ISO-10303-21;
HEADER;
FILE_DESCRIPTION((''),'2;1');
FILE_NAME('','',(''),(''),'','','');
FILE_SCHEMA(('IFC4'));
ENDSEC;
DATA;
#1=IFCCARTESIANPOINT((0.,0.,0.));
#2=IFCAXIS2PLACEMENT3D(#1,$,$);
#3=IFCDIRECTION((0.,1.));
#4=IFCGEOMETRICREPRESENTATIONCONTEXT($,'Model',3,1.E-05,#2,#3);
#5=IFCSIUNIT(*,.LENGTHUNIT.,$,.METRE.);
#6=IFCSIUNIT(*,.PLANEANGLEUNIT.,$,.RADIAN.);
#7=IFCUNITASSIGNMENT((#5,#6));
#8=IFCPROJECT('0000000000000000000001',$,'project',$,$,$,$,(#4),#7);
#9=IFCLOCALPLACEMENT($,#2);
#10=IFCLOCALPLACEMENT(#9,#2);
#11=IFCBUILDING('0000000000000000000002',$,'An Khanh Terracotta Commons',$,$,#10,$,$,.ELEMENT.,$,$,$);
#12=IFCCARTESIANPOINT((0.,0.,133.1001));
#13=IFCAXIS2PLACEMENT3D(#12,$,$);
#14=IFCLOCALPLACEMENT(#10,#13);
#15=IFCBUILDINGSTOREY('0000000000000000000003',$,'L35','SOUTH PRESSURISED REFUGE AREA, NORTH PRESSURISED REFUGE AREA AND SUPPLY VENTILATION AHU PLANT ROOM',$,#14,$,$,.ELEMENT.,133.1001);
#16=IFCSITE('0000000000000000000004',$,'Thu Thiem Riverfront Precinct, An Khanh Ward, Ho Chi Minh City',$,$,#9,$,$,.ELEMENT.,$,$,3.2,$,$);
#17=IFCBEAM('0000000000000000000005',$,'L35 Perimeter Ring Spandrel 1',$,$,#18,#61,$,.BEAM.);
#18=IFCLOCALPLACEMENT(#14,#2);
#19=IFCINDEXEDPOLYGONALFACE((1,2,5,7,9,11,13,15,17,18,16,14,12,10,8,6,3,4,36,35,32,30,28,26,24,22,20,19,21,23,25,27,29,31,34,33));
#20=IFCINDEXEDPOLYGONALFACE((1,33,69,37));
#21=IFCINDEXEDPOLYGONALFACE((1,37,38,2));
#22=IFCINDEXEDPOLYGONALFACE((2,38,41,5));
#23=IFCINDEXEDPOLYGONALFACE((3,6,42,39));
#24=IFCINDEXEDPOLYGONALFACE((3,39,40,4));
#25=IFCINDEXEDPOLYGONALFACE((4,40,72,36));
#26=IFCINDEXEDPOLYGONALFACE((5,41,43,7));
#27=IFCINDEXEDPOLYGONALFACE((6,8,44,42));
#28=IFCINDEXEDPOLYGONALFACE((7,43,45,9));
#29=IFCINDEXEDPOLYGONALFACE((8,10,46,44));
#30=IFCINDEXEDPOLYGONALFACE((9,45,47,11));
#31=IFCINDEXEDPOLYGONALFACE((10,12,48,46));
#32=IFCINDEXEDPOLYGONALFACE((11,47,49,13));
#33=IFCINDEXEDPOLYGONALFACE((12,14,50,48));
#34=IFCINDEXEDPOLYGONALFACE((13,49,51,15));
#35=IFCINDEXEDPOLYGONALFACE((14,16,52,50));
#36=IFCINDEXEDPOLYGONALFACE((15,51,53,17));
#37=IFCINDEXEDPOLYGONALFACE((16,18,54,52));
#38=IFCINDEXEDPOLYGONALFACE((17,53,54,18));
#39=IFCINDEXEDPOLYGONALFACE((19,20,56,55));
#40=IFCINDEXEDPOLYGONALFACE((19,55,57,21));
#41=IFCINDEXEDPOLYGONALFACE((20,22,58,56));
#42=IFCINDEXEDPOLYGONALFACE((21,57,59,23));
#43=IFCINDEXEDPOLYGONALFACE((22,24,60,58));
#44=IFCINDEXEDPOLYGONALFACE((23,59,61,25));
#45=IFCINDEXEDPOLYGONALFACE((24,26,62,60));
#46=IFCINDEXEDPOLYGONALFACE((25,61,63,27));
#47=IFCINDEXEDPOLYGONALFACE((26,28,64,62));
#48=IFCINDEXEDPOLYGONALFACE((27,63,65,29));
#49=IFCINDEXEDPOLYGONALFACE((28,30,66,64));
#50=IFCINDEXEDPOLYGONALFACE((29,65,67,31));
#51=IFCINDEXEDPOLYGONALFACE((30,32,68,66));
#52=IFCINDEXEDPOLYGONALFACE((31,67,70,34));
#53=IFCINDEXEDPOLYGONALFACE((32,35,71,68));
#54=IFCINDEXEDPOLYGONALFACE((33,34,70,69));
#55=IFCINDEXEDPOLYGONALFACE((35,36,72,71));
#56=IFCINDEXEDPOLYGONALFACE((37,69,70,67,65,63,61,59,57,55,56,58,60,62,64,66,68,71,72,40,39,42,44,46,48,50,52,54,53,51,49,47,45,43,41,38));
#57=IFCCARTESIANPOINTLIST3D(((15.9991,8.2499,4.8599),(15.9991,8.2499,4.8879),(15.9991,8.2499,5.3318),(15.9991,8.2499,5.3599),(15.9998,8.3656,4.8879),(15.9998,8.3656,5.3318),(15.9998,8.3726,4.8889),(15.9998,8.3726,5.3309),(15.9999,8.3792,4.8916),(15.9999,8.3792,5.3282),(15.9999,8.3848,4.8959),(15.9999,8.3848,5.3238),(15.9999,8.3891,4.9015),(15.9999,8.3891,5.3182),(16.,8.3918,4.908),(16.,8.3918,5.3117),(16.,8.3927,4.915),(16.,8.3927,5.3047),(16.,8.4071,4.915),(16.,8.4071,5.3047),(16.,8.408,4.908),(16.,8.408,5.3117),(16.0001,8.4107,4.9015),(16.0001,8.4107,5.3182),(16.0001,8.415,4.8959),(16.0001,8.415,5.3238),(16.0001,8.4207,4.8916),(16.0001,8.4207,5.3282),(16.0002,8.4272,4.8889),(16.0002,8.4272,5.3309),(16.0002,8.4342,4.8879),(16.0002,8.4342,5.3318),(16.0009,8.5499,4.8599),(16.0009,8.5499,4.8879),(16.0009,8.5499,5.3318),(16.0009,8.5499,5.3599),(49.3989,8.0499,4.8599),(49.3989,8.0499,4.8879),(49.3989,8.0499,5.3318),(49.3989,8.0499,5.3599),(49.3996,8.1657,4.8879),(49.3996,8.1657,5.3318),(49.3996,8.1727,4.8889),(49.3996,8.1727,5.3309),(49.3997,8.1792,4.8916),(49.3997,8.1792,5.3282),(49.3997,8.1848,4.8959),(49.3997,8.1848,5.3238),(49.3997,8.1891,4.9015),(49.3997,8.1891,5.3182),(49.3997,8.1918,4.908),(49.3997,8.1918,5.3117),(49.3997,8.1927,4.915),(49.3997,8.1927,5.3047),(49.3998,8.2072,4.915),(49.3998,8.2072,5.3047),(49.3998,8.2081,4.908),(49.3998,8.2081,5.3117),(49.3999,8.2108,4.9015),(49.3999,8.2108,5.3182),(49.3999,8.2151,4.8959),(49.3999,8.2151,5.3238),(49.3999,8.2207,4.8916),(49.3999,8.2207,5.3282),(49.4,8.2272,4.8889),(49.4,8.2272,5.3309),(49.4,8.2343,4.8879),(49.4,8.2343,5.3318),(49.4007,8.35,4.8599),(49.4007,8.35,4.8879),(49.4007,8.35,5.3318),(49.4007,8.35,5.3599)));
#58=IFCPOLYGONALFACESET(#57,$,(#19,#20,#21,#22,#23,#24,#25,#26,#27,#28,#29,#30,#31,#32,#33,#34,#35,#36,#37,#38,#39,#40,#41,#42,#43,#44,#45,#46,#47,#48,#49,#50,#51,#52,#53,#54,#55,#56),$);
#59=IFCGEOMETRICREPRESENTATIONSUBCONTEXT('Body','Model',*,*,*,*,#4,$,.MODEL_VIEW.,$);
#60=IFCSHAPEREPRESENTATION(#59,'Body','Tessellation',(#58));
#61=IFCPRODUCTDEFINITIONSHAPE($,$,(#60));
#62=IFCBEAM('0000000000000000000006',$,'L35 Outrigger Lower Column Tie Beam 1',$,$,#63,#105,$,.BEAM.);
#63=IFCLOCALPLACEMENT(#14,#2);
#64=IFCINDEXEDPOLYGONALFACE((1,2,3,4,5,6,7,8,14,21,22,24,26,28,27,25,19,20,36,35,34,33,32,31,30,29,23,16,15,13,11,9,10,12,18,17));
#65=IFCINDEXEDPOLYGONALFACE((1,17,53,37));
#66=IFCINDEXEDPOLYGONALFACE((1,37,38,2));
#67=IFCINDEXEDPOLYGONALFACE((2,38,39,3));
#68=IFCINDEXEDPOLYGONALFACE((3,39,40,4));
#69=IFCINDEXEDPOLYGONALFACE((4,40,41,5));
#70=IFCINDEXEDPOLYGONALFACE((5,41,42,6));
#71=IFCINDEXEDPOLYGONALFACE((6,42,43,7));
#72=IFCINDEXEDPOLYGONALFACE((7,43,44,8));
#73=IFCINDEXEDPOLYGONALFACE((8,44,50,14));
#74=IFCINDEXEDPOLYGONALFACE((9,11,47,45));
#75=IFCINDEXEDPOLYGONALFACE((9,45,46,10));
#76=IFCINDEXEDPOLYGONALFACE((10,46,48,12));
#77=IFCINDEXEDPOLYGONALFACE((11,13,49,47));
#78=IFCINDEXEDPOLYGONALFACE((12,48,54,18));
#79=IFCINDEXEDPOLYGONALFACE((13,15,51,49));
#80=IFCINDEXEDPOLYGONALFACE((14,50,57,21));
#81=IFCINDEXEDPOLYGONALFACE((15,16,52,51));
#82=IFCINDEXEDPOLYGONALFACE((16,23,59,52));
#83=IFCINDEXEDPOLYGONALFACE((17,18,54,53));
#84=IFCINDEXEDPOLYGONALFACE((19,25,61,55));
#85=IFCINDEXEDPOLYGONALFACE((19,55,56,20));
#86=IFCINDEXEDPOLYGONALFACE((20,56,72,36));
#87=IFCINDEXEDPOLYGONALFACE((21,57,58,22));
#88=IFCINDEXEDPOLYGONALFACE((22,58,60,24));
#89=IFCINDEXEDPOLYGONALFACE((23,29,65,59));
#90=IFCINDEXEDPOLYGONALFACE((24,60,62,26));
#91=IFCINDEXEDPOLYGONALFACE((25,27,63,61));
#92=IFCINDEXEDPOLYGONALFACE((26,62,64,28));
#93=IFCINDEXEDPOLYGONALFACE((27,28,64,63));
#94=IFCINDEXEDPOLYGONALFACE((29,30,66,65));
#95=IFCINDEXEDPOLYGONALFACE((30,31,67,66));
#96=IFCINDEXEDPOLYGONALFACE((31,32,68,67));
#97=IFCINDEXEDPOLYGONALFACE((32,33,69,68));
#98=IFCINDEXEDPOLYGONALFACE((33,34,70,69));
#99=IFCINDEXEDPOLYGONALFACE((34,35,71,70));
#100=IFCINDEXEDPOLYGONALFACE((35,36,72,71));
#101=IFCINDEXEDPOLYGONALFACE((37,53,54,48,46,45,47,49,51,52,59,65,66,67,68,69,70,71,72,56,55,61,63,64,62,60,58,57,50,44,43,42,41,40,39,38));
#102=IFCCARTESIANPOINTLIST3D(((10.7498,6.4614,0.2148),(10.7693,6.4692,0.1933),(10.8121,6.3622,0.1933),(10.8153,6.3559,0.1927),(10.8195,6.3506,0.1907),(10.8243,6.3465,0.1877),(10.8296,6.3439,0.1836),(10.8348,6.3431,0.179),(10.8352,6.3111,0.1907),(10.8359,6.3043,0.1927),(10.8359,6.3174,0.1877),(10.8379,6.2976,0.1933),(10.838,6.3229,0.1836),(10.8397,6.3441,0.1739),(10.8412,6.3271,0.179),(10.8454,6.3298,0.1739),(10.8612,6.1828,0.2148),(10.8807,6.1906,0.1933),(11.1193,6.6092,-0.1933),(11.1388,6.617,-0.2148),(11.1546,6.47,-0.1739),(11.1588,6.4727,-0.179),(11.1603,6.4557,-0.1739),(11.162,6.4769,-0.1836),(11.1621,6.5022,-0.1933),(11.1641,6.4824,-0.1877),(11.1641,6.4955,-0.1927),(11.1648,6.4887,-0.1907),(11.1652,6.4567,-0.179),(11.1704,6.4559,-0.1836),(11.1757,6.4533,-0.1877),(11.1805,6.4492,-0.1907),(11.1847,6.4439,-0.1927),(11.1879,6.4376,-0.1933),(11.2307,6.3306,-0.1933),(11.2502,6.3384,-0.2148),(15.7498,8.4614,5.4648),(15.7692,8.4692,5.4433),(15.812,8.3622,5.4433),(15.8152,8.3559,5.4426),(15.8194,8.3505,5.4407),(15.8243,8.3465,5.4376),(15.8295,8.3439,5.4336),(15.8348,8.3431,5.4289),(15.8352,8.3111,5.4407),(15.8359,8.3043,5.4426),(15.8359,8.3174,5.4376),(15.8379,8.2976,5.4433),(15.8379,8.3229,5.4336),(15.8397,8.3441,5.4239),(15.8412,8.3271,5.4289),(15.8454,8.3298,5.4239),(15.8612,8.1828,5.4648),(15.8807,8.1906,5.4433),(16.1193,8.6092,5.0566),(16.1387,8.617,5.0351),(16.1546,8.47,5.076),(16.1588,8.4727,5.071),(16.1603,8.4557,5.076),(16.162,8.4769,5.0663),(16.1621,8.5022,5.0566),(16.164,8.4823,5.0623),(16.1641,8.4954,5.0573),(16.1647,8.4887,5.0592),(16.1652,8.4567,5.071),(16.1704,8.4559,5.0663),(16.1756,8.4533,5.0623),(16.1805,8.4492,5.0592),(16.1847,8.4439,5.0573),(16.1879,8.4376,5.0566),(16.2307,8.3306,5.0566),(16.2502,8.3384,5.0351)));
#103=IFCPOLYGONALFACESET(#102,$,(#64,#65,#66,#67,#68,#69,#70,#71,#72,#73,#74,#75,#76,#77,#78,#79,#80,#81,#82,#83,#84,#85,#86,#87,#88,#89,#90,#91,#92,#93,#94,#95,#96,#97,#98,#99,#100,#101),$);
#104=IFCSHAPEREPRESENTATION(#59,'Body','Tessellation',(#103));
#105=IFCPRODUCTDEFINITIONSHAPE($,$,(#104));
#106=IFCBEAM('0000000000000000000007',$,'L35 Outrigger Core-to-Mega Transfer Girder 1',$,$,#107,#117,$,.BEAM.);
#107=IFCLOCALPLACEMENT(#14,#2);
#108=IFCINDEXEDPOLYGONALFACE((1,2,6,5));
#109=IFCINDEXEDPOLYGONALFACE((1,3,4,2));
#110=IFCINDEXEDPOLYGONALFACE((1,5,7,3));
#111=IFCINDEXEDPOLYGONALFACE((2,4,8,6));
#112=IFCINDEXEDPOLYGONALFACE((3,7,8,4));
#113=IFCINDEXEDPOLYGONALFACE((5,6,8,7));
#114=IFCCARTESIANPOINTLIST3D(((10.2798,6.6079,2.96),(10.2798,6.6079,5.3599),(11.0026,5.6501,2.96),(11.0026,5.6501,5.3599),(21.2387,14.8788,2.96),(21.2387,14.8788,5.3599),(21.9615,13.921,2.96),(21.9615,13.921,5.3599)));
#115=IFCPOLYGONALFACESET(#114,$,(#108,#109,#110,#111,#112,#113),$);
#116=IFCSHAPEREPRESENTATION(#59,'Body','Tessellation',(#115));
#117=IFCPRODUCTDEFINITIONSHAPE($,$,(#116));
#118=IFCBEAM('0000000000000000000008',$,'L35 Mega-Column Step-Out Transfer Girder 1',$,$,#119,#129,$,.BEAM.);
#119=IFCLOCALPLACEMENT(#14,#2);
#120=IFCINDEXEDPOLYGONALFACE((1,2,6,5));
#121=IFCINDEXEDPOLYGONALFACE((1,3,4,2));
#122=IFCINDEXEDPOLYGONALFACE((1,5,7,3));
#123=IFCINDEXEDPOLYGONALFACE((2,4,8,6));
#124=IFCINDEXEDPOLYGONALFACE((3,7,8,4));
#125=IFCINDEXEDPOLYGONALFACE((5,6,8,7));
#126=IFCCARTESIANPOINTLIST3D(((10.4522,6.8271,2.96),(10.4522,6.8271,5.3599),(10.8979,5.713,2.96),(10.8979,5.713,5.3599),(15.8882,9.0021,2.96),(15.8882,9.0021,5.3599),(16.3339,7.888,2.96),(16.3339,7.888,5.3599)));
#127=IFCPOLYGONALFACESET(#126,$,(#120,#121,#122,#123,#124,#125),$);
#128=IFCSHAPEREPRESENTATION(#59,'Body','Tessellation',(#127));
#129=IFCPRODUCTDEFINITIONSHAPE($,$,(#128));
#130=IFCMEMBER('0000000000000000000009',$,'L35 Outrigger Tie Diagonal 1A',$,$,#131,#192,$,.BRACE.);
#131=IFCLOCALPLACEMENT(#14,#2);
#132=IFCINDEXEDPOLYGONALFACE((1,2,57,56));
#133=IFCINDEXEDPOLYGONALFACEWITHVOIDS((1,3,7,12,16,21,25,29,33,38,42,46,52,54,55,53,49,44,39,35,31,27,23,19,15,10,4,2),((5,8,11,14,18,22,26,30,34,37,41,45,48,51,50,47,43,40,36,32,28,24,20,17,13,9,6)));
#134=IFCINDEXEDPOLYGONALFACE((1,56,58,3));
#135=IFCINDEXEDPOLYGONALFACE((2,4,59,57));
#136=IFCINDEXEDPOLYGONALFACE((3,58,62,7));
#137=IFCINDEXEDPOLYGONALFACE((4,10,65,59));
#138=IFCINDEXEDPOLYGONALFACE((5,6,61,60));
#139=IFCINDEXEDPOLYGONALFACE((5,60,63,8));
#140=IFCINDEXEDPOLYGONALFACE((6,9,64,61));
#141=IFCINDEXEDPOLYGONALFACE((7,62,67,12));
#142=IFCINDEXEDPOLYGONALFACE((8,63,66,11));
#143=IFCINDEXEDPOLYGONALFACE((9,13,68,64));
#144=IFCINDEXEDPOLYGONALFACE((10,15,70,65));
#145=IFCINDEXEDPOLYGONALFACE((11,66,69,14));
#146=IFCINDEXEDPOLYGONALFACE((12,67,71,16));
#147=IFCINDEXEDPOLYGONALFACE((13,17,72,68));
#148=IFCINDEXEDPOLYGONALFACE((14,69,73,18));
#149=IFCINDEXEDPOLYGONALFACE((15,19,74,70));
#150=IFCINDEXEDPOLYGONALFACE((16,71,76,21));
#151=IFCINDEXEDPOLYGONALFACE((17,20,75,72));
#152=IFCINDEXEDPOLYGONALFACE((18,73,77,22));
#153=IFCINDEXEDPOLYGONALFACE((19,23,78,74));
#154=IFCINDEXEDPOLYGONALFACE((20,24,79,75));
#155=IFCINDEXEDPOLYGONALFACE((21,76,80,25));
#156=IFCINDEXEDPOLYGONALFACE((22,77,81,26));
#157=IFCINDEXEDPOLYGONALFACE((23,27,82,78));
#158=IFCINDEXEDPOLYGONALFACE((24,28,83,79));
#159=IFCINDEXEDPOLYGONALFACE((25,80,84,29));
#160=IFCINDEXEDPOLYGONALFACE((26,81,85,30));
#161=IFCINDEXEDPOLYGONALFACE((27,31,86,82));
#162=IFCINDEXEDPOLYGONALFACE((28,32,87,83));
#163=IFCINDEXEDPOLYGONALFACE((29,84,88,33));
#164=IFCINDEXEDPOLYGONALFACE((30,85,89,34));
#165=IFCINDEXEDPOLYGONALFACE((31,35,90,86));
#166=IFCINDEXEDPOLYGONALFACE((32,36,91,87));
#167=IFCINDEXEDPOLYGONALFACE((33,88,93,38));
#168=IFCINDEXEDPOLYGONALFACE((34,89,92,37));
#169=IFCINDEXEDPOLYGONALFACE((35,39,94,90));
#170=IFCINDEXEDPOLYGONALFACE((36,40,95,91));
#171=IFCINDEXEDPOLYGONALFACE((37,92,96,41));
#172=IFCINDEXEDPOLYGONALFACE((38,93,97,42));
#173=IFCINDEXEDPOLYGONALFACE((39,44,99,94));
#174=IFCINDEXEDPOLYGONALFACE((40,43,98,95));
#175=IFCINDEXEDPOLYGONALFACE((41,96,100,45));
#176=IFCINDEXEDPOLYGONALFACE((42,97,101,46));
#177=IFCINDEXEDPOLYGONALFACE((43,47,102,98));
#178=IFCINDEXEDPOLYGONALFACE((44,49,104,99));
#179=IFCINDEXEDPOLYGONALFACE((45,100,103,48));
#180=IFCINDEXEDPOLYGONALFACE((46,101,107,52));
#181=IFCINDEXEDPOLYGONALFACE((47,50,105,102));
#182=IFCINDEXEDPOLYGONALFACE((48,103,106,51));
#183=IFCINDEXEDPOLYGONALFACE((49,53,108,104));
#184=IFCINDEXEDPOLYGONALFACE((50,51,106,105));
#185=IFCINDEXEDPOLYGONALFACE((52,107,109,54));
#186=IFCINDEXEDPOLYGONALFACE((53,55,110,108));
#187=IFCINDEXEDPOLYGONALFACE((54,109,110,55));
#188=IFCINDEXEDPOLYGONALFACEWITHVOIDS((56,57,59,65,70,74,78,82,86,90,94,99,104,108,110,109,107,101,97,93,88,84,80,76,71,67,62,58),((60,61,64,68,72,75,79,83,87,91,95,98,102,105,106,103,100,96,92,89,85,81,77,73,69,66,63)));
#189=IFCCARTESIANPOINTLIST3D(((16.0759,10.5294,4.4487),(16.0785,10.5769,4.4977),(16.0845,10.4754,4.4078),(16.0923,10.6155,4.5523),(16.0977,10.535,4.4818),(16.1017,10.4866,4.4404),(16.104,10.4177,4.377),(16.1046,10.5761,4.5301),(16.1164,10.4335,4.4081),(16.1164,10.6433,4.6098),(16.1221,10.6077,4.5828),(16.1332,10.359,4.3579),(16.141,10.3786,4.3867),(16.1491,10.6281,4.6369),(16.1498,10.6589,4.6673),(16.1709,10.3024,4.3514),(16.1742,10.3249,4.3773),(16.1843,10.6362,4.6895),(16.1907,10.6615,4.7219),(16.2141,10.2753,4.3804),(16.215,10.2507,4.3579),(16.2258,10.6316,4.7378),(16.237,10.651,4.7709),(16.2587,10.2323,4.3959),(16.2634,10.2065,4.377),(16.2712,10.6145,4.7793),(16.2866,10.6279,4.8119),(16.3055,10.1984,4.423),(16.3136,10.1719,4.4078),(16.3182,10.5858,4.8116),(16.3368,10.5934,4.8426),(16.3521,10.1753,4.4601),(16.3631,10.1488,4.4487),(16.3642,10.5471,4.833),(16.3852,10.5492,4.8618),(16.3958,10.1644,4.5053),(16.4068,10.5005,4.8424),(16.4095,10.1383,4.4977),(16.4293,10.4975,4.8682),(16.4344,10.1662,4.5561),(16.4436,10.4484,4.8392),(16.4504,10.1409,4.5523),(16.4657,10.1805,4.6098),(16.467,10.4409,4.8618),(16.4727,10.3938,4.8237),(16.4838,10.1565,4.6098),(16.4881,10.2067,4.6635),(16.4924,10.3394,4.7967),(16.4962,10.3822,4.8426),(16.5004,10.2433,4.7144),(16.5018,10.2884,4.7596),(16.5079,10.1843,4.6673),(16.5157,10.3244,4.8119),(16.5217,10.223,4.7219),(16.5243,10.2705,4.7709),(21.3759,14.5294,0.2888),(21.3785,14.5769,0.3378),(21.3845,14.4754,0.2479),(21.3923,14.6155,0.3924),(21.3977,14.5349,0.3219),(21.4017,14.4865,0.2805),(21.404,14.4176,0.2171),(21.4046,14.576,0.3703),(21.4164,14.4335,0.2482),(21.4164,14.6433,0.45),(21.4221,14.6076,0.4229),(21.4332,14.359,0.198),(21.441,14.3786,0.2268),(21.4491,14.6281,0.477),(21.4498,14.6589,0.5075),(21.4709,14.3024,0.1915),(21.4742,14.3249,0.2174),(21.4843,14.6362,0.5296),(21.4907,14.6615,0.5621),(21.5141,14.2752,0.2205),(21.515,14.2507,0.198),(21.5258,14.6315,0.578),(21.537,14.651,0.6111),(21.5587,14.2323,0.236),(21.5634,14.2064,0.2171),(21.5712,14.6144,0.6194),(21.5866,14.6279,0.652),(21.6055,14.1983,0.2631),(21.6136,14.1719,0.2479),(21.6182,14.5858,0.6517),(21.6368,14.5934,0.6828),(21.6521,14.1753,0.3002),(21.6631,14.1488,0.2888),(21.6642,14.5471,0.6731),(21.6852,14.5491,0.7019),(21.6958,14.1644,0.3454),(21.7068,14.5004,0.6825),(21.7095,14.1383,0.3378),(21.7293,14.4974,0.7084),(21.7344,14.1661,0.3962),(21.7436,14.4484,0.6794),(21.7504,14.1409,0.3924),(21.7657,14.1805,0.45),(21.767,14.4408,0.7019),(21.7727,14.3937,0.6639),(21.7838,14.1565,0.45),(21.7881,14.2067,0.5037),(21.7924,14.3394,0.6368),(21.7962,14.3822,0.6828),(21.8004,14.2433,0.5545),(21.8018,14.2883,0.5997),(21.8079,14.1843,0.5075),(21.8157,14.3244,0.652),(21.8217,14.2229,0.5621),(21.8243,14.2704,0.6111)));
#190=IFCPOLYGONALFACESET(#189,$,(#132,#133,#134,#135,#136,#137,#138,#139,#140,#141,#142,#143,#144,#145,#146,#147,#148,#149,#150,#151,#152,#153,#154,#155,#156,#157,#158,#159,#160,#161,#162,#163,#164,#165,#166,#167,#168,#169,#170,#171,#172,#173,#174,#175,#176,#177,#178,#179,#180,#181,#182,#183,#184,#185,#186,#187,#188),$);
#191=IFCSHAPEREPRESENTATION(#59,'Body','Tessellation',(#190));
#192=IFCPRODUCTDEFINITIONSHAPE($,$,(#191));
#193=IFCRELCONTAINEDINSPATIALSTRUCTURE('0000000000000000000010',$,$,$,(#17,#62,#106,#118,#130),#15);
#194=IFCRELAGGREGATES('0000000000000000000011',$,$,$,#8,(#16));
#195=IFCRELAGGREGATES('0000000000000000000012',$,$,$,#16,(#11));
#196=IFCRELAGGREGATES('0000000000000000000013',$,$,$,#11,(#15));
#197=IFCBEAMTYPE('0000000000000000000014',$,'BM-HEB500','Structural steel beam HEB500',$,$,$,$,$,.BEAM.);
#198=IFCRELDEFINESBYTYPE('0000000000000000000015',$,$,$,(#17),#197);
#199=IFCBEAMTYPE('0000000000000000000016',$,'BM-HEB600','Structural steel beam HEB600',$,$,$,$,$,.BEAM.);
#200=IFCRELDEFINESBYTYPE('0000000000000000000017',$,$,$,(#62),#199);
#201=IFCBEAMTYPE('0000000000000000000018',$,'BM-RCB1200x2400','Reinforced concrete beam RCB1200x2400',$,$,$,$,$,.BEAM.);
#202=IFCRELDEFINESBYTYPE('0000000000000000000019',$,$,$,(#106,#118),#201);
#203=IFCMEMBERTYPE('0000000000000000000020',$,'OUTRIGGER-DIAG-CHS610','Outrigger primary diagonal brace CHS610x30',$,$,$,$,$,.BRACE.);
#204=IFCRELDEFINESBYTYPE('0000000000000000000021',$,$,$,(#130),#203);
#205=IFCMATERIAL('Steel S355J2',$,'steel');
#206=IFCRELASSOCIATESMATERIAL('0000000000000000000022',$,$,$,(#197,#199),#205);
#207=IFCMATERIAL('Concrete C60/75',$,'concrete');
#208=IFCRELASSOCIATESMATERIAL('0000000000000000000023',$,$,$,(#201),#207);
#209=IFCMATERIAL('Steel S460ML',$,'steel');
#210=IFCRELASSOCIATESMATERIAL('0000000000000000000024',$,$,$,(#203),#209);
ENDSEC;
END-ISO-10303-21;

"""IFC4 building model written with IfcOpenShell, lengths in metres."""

from ifc_helpers import new_model, si_unit, direction, frame, origin, origin_2d, place, context, subcontext, project, spatial, rectangle, hollow_circle, i_section, extrude, material, material_profile, profile_set, type_object, element, save


model = new_model("IFC4")

# Units and contexts
model_context = context("Model", 3, precision=1e-05, world=origin(), true_north=direction((0.0, 1.0)))
body_context = subcontext(model_context, "Body", "Model", "MODEL_VIEW")
ifc_project = project(units=[si_unit("LENGTHUNIT", "METRE"), si_unit("PLANEANGLEUNIT", "RADIAN")], contexts=[model_context])

# Site, building, storey
site_placement = place(None, origin())
site = spatial("IfcSite", under=ifc_project, at=site_placement, Name="Thu Thiem Riverfront Precinct, An Khanh Ward, Ho Chi Minh City", CompositionType="ELEMENT", RefElevation=3.2)
building_placement = place(site_placement, origin())
building = spatial("IfcBuilding", under=site, at=building_placement, Name="An Khanh Terracotta Commons", CompositionType="ELEMENT")
storey_placement = place(building_placement, frame((0.0, 0.0, 133.1001)))
storey = spatial("IfcBuildingStorey", under=building, at=storey_placement, Name="L35", Description="SOUTH PRESSURISED REFUGE AREA, NORTH PRESSURISED REFUGE AREA AND SUPPLY VENTILATION AHU PLANT ROOM", CompositionType="ELEMENT", Elevation=133.1001)

# Shared definitions
ifc_material_1 = material(Name="Steel S460ML", Category="steel")

# Beams
ifc_material_2 = material(Name="Steel S355J2", Category="steel")
ifc_material_profile_1 = material_profile(ifc_material_2, i_section(OverallWidth=0.3, OverallDepth=0.5, WebThickness=0.0144, FlangeThickness=0.0281, FilletRadius=0.0271, at=origin_2d()), Name="HEB500")
ifc_profile_set_1 = profile_set([ifc_material_profile_1], Name="Steel S355J2")
beam_type_1 = type_object("IfcBeamType", Name="BM-HEB500", Description="Structural steel beam HEB500", PredefinedType="BEAM", material=ifc_profile_set_1)
beam_1_placement = place(storey_placement, frame((16.0, 8.3999, 5.1099), z_axis=(0.999982, -0.005986, 0.0), x_axis=(0.005986, 0.999982, 0.0)))
element("IfcBeam", 1, at=beam_1_placement, inside=storey, type_object=beam_type_1, Name="L35 Perimeter Ring Spandrel 1", PredefinedType="BEAM", context=body_context, shape_type="SweptSolid", body=[
    extrude(i_section(OverallWidth=0.3, OverallDepth=0.5, WebThickness=0.0144, FlangeThickness=0.0281, FilletRadius=0.0271, at=origin_2d()), origin(), (0.0, 0.0, 1.0), 33.4004),
])
ifc_material_profile_2 = material_profile(ifc_material_2, i_section(OverallWidth=0.3, OverallDepth=0.6001, WebThickness=0.0154, FlangeThickness=0.03, FilletRadius=0.0271, at=origin_2d()), Name="HEB600")
ifc_profile_set_2 = profile_set([ifc_material_profile_2], Name="Steel S355J2")
beam_type_2 = type_object("IfcBeamType", Name="BM-HEB600", Description="Structural steel beam HEB600", PredefinedType="BEAM", material=ifc_profile_set_2)
beam_2_placement = place(storey_placement, frame((11.0, 6.3999, 0.0), z_axis=(0.664822, 0.265929, 0.698064), x_axis=(-0.371391, 0.928477, 0.0)))
element("IfcBeam", 2, at=beam_2_placement, inside=storey, type_object=beam_type_2, Name="L35 Outrigger Lower Column Tie Beam 1", PredefinedType="BEAM", context=body_context, shape_type="SweptSolid", body=[
    extrude(i_section(OverallWidth=0.3, OverallDepth=0.6001, WebThickness=0.0154, FlangeThickness=0.03, FilletRadius=0.0271, at=origin_2d()), origin(), (0.0, 0.0, 1.0), 7.5208),
])
ifc_material_3 = material(Name="Concrete C60/75", Category="concrete")
ifc_material_profile_3 = material_profile(ifc_material_3, rectangle(XDim=1.2, YDim=2.3999, at=origin_2d()), Name="RCB1200x2400")
ifc_profile_set_3 = profile_set([ifc_material_profile_3], Name="Concrete C60/75")
beam_type_3 = type_object("IfcBeamType", Name="BM-RCB1200x2400", Description="Reinforced concrete beam RCB1200x2400", PredefinedType="BEAM", material=ifc_profile_set_3)
beam_3_placement = place(storey_placement, frame((21.6001, 14.3999, 4.1599), z_axis=(-0.798187, -0.60241, 0.0), x_axis=(0.60241, -0.798187, 0.0)))
element("IfcBeam", 3, at=beam_3_placement, inside=storey, type_object=beam_type_3, Name="L35 Outrigger Core-to-Mega Transfer Girder 1", PredefinedType="BEAM", context=body_context, shape_type="SweptSolid", body=[
    extrude(rectangle(XDim=1.2, YDim=2.3999, at=origin_2d()), origin(), (0.0, 0.0, 1.0), 13.7297),
])
beam_4_placement = place(storey_placement, frame((10.675, 6.27, 4.1599), z_axis=(0.928439, 0.371484, 0.0), x_axis=(-0.371484, 0.928439, 0.0)))
element("IfcBeam", 4, at=beam_4_placement, inside=storey, type_object=beam_type_3, Name="L35 Mega-Column Step-Out Transfer Girder 1", PredefinedType="BEAM", context=body_context, shape_type="SweptSolid", body=[
    extrude(rectangle(XDim=1.2, YDim=2.3999, at=origin_2d()), origin(), (0.0, 0.0, 1.0), 5.855),
])

# Member
ifc_material_profile_4 = material_profile(ifc_material_1, hollow_circle(Radius=0.3049, WallThickness=0.03, at=origin_2d()), Name="CHS610x30")
ifc_profile_set_4 = profile_set([ifc_material_profile_4], Name="Steel S460ML")
member_type_1 = type_object("IfcMemberType", Name="OUTRIGGER-DIAG-CHS610", Description="Outrigger primary diagonal brace CHS610x30", PredefinedType="BRACE", material=ifc_profile_set_4)
for number, where, z_axis, x_axis, name in (
    (5, (21.6001, 14.3999, 0.45), (-0.676413, -0.510496, 0.530904), (0.602403, -0.798192, 0.0), "L35 Outrigger Tie Diagonal 1A"),
):
    element("IfcMember", number, at=place(storey_placement, frame(where, z_axis=z_axis, x_axis=x_axis)), inside=storey, type_object=member_type_1, Name=name, PredefinedType="BRACE", context=body_context, shape_type="SweptSolid", body=[
        extrude(hollow_circle(Radius=0.3049, WallThickness=0.03, at=origin_2d()), origin(), (0.0, 0.0, 1.0), 7.8354),
    ])

save(model, "model.ifc")
